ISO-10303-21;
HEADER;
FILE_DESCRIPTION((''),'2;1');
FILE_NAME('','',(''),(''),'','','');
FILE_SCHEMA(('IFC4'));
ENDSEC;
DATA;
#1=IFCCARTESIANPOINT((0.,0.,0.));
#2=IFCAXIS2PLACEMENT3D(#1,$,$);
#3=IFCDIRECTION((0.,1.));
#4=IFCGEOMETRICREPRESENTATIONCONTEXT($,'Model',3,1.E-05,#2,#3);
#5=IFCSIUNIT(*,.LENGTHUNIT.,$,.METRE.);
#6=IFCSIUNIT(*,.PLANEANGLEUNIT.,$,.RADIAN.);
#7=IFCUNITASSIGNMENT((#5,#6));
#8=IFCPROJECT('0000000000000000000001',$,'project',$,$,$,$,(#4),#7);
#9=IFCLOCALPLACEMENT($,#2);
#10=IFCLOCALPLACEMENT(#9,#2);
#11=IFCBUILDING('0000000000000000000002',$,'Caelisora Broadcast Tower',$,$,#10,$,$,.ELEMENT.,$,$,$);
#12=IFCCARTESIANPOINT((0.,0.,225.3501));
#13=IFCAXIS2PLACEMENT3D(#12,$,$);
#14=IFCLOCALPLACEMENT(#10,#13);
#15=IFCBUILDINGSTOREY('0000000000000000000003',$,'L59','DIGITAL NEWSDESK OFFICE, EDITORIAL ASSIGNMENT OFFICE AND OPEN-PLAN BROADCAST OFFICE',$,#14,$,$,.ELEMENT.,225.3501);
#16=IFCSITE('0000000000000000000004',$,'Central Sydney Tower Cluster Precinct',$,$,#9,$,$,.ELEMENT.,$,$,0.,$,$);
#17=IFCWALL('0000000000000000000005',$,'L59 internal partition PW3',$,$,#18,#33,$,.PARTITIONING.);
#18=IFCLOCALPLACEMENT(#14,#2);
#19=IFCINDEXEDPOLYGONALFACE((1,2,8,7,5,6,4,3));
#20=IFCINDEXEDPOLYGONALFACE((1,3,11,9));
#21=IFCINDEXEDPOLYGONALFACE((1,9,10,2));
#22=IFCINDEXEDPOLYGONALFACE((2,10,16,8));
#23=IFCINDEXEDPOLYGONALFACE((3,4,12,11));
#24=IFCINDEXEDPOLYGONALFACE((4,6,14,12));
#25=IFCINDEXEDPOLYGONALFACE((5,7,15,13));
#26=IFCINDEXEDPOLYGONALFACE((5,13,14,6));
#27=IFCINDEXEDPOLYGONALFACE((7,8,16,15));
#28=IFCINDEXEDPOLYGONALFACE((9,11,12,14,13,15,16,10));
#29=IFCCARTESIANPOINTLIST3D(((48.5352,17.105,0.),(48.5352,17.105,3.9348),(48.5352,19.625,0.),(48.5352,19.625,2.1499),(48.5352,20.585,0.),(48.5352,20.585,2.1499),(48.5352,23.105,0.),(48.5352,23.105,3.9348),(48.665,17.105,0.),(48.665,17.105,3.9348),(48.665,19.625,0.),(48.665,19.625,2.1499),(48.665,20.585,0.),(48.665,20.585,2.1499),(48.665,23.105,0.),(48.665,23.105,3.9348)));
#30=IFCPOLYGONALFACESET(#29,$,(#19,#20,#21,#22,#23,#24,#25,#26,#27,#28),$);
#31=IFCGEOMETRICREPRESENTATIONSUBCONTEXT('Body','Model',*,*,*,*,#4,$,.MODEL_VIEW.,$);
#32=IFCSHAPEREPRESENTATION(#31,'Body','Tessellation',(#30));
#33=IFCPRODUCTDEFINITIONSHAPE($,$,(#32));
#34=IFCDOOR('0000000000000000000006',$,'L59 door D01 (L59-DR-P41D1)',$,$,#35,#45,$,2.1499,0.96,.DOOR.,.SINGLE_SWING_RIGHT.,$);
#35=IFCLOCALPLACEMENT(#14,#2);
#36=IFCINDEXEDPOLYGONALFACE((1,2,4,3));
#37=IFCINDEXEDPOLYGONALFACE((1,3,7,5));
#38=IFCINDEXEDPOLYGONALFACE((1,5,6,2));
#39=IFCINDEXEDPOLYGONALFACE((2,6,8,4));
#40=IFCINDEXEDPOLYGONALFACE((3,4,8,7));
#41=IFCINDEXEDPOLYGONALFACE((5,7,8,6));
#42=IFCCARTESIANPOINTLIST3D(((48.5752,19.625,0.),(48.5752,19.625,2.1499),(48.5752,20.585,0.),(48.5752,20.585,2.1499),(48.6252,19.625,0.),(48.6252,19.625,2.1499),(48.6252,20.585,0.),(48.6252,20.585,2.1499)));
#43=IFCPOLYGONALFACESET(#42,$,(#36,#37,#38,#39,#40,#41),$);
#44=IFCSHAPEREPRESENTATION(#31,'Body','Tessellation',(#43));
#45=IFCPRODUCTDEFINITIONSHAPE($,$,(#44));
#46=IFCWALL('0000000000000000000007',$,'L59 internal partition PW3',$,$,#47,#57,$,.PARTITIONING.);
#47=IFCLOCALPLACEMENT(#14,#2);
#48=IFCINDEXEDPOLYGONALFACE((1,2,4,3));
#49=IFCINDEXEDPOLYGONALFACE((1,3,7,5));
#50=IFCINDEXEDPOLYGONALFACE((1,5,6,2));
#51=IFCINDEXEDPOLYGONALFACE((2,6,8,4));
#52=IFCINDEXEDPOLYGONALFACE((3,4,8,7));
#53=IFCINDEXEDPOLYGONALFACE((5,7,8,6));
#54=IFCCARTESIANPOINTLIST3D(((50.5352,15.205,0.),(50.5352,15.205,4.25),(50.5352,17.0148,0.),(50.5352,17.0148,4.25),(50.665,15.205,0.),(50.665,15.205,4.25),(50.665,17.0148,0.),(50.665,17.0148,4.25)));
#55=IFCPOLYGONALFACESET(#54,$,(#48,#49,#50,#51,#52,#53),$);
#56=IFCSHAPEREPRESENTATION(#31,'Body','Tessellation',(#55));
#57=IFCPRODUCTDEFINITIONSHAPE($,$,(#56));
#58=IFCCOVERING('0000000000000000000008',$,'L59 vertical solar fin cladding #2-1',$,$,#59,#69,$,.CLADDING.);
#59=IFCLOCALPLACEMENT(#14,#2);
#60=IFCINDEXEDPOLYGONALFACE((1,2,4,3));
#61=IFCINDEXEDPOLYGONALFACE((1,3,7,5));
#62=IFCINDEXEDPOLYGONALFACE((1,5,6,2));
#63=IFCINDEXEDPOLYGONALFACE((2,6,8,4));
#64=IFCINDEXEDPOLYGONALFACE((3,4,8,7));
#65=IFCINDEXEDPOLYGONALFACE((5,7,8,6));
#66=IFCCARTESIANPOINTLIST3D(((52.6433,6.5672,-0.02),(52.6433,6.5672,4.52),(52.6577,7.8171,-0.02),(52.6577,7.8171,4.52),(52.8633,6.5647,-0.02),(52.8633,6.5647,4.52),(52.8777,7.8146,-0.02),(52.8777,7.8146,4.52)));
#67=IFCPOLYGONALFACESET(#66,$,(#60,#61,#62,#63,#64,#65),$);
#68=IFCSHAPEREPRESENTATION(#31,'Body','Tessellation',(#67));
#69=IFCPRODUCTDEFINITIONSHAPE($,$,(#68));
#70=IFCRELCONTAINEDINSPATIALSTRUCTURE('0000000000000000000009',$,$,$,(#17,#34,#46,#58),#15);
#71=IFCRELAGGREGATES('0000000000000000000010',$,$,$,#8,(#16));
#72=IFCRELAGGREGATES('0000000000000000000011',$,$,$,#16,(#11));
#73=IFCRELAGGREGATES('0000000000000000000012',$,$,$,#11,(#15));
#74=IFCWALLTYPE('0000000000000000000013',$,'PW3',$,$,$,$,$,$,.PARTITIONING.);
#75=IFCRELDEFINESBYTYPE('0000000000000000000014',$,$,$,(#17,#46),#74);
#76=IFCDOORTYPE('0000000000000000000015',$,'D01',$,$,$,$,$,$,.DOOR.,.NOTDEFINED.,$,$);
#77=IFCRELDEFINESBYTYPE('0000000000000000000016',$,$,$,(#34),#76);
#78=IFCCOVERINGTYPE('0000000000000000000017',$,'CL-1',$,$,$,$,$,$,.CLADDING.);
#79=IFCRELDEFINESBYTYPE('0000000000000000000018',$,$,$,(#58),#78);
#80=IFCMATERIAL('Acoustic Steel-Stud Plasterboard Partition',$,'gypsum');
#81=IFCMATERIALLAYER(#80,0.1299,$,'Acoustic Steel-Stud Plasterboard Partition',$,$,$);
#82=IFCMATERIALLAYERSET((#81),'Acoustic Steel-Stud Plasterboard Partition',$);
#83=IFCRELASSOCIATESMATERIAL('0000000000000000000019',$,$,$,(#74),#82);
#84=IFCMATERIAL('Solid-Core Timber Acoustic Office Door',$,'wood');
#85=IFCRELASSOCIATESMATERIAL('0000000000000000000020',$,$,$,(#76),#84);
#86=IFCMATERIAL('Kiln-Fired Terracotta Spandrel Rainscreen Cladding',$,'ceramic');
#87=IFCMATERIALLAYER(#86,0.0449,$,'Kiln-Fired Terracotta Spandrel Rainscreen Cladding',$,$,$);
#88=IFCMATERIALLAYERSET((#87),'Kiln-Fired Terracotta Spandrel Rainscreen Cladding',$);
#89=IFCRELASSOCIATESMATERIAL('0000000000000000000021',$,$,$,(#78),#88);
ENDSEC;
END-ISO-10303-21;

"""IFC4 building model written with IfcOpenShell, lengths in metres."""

from ifc_helpers import new_model, si_unit, direction, frame, frame_2d, origin, origin_2d, place, context, subcontext, project, spatial, rectangle, extrude, source, transform, mapped, material, layer, layer_set, type_object, type_shapes, element, fill, save


model = new_model("IFC4")

# Units and contexts
model_context = context("Model", 3, precision=1e-05, world=origin(), true_north=direction((0.0, 1.0)))
body_context = subcontext(model_context, "Body", "Model", "MODEL_VIEW")
ifc_project = project(units=[si_unit("LENGTHUNIT", "METRE"), si_unit("PLANEANGLEUNIT", "RADIAN")], contexts=[model_context])

# Site, building, storey
site_placement = place(None, origin())
site = spatial("IfcSite", under=ifc_project, at=site_placement, Name="Central Sydney Tower Cluster Precinct", CompositionType="ELEMENT", RefElevation=0.0)
building_placement = place(site_placement, origin())
building = spatial("IfcBuilding", under=site, at=building_placement, Name="Caelisora Broadcast Tower", CompositionType="ELEMENT")
storey_placement = place(building_placement, frame((0.0, 0.0, 225.3501)))
storey = spatial("IfcBuildingStorey", under=building, at=storey_placement, Name="L59", Description="DIGITAL NEWSDESK OFFICE, EDITORIAL ASSIGNMENT OFFICE AND OPEN-PLAN BROADCAST OFFICE", CompositionType="ELEMENT", Elevation=225.3501)

# Shared definitions
ifc_material_1 = material(Name="Acoustic Steel-Stud Plasterboard Partition", Category="gypsum")
ifc_layer_1 = layer(ifc_material_1, 0.1299, Name="Acoustic Steel-Stud Plasterboard Partition")
ifc_layer_set_1 = layer_set([ifc_layer_1], Name="Acoustic Steel-Stud Plasterboard Partition")
wall_type_1 = type_object("IfcWallType", Name="PW3", PredefinedType="PARTITIONING", material=ifc_layer_set_1)

# Wall, opening, door
ifc_material_2 = material(Name="Solid-Core Timber Acoustic Office Door", Category="wood")
door_type = type_object("IfcDoorType", Name="D01", OperationType="NOTDEFINED", PredefinedType="DOOR", material=ifc_material_2)
wall_1_placement = place(storey_placement, frame((48.6001, 17.105, 0.0), z_axis=(0.0, 0.0, 1.0), x_axis=(0.0, 1.0, 0.0)))
wall_1 = element("IfcWall", 1, at=wall_1_placement, inside=storey, type_object=wall_type_1, Name="L59 internal partition PW3", PredefinedType="PARTITIONING", context=body_context, shape_type="SweptSolid", body=[
    extrude(rectangle(XDim=6.0, YDim=0.1299, at=frame_2d((3.0, 0.0))), origin(), (0.0, 0.0, 1.0), 3.9348),
])
opening_1_placement = place(wall_1_placement, frame((2.52, 0.0, 0.0)))
opening_1 = element("IfcOpeningElement", 2, at=opening_1_placement, cuts=wall_1, PredefinedType="OPENING", context=body_context, shape_type="SweptSolid", body=[
    extrude(rectangle(XDim=0.96, YDim=2.1499, at=frame_2d((0.48, 1.075))), frame((0.0, 0.0769, 0.0), z_axis=(0.0, -1.0, 0.0), x_axis=(1.0, 0.0, 0.0)), (0.0, 0.0, 1.0), 0.1538),
])
door_1_placement = place(opening_1_placement, origin())
door_1 = element("IfcDoor", 3, at=door_1_placement, inside=storey, type_object=door_type, Name="L59 door D01 (L59-DR-P41D1)", OperationType="SINGLE_SWING_RIGHT", OverallHeight=2.1499, OverallWidth=0.96, PredefinedType="DOOR", context=body_context, shape_type="SweptSolid", body=[
    extrude(rectangle(XDim=0.96, YDim=2.1499, at=frame_2d((0.48, 1.075))), frame((0.0, 0.0249, 0.0), z_axis=(0.0, -1.0, 0.0), x_axis=(1.0, 0.0, 0.0)), (0.0, 0.0, 1.0), 0.05),
])
fill(opening_1, door_1)

# Wall
wall_2_placement = place(storey_placement, frame((50.6001, 15.2051, 0.0), z_axis=(0.0, 0.0, 1.0), x_axis=(0.0, 1.0, 0.0)))
element("IfcWall", 4, at=wall_2_placement, inside=storey, type_object=wall_type_1, Name="L59 internal partition PW3", PredefinedType="PARTITIONING", context=body_context, shape_type="SweptSolid", body=[
    extrude(rectangle(XDim=1.8098, YDim=0.1299, at=frame_2d((0.9048, 0.0))), origin(), (0.0, 0.0, 1.0), 4.25),
])

# Covering
ifc_material_3 = material(Name="Kiln-Fired Terracotta Spandrel Rainscreen Cladding", Category="ceramic")
ifc_layer_2 = layer(ifc_material_3, 0.0449, Name="Kiln-Fired Terracotta Spandrel Rainscreen Cladding")
ifc_layer_set_2 = layer_set([ifc_layer_2], Name="Kiln-Fired Terracotta Spandrel Rainscreen Cladding")
covering_type = type_object("IfcCoveringType", Name="CL-1", PredefinedType="CLADDING", material=ifc_layer_set_2)
shared_shape_1 = source(origin(), body_context, "Body", "SweptSolid", [
    extrude(rectangle(XDim=0.22, YDim=1.25, at=origin_2d()), origin(), (0.0, 0.0, 1.0), 4.54),
])
type_shapes(covering_type, [shared_shape_1])
covering_placement = place(storey_placement, frame((52.7605, 7.1909, -0.02), z_axis=(0.0, 0.0, 1.0), x_axis=(-0.999934, 0.011519, 0.0)))
element("IfcCovering", 5, at=covering_placement, inside=storey, type_object=covering_type, Name="L59 vertical solar fin cladding #2-1", PredefinedType="CLADDING", context=body_context, shape_type="MappedRepresentation", body=[
    mapped(shared_shape_1, transform((0.0, 0.0, 0.0), scale=1.0)),
])

save(model, "model.ifc")
